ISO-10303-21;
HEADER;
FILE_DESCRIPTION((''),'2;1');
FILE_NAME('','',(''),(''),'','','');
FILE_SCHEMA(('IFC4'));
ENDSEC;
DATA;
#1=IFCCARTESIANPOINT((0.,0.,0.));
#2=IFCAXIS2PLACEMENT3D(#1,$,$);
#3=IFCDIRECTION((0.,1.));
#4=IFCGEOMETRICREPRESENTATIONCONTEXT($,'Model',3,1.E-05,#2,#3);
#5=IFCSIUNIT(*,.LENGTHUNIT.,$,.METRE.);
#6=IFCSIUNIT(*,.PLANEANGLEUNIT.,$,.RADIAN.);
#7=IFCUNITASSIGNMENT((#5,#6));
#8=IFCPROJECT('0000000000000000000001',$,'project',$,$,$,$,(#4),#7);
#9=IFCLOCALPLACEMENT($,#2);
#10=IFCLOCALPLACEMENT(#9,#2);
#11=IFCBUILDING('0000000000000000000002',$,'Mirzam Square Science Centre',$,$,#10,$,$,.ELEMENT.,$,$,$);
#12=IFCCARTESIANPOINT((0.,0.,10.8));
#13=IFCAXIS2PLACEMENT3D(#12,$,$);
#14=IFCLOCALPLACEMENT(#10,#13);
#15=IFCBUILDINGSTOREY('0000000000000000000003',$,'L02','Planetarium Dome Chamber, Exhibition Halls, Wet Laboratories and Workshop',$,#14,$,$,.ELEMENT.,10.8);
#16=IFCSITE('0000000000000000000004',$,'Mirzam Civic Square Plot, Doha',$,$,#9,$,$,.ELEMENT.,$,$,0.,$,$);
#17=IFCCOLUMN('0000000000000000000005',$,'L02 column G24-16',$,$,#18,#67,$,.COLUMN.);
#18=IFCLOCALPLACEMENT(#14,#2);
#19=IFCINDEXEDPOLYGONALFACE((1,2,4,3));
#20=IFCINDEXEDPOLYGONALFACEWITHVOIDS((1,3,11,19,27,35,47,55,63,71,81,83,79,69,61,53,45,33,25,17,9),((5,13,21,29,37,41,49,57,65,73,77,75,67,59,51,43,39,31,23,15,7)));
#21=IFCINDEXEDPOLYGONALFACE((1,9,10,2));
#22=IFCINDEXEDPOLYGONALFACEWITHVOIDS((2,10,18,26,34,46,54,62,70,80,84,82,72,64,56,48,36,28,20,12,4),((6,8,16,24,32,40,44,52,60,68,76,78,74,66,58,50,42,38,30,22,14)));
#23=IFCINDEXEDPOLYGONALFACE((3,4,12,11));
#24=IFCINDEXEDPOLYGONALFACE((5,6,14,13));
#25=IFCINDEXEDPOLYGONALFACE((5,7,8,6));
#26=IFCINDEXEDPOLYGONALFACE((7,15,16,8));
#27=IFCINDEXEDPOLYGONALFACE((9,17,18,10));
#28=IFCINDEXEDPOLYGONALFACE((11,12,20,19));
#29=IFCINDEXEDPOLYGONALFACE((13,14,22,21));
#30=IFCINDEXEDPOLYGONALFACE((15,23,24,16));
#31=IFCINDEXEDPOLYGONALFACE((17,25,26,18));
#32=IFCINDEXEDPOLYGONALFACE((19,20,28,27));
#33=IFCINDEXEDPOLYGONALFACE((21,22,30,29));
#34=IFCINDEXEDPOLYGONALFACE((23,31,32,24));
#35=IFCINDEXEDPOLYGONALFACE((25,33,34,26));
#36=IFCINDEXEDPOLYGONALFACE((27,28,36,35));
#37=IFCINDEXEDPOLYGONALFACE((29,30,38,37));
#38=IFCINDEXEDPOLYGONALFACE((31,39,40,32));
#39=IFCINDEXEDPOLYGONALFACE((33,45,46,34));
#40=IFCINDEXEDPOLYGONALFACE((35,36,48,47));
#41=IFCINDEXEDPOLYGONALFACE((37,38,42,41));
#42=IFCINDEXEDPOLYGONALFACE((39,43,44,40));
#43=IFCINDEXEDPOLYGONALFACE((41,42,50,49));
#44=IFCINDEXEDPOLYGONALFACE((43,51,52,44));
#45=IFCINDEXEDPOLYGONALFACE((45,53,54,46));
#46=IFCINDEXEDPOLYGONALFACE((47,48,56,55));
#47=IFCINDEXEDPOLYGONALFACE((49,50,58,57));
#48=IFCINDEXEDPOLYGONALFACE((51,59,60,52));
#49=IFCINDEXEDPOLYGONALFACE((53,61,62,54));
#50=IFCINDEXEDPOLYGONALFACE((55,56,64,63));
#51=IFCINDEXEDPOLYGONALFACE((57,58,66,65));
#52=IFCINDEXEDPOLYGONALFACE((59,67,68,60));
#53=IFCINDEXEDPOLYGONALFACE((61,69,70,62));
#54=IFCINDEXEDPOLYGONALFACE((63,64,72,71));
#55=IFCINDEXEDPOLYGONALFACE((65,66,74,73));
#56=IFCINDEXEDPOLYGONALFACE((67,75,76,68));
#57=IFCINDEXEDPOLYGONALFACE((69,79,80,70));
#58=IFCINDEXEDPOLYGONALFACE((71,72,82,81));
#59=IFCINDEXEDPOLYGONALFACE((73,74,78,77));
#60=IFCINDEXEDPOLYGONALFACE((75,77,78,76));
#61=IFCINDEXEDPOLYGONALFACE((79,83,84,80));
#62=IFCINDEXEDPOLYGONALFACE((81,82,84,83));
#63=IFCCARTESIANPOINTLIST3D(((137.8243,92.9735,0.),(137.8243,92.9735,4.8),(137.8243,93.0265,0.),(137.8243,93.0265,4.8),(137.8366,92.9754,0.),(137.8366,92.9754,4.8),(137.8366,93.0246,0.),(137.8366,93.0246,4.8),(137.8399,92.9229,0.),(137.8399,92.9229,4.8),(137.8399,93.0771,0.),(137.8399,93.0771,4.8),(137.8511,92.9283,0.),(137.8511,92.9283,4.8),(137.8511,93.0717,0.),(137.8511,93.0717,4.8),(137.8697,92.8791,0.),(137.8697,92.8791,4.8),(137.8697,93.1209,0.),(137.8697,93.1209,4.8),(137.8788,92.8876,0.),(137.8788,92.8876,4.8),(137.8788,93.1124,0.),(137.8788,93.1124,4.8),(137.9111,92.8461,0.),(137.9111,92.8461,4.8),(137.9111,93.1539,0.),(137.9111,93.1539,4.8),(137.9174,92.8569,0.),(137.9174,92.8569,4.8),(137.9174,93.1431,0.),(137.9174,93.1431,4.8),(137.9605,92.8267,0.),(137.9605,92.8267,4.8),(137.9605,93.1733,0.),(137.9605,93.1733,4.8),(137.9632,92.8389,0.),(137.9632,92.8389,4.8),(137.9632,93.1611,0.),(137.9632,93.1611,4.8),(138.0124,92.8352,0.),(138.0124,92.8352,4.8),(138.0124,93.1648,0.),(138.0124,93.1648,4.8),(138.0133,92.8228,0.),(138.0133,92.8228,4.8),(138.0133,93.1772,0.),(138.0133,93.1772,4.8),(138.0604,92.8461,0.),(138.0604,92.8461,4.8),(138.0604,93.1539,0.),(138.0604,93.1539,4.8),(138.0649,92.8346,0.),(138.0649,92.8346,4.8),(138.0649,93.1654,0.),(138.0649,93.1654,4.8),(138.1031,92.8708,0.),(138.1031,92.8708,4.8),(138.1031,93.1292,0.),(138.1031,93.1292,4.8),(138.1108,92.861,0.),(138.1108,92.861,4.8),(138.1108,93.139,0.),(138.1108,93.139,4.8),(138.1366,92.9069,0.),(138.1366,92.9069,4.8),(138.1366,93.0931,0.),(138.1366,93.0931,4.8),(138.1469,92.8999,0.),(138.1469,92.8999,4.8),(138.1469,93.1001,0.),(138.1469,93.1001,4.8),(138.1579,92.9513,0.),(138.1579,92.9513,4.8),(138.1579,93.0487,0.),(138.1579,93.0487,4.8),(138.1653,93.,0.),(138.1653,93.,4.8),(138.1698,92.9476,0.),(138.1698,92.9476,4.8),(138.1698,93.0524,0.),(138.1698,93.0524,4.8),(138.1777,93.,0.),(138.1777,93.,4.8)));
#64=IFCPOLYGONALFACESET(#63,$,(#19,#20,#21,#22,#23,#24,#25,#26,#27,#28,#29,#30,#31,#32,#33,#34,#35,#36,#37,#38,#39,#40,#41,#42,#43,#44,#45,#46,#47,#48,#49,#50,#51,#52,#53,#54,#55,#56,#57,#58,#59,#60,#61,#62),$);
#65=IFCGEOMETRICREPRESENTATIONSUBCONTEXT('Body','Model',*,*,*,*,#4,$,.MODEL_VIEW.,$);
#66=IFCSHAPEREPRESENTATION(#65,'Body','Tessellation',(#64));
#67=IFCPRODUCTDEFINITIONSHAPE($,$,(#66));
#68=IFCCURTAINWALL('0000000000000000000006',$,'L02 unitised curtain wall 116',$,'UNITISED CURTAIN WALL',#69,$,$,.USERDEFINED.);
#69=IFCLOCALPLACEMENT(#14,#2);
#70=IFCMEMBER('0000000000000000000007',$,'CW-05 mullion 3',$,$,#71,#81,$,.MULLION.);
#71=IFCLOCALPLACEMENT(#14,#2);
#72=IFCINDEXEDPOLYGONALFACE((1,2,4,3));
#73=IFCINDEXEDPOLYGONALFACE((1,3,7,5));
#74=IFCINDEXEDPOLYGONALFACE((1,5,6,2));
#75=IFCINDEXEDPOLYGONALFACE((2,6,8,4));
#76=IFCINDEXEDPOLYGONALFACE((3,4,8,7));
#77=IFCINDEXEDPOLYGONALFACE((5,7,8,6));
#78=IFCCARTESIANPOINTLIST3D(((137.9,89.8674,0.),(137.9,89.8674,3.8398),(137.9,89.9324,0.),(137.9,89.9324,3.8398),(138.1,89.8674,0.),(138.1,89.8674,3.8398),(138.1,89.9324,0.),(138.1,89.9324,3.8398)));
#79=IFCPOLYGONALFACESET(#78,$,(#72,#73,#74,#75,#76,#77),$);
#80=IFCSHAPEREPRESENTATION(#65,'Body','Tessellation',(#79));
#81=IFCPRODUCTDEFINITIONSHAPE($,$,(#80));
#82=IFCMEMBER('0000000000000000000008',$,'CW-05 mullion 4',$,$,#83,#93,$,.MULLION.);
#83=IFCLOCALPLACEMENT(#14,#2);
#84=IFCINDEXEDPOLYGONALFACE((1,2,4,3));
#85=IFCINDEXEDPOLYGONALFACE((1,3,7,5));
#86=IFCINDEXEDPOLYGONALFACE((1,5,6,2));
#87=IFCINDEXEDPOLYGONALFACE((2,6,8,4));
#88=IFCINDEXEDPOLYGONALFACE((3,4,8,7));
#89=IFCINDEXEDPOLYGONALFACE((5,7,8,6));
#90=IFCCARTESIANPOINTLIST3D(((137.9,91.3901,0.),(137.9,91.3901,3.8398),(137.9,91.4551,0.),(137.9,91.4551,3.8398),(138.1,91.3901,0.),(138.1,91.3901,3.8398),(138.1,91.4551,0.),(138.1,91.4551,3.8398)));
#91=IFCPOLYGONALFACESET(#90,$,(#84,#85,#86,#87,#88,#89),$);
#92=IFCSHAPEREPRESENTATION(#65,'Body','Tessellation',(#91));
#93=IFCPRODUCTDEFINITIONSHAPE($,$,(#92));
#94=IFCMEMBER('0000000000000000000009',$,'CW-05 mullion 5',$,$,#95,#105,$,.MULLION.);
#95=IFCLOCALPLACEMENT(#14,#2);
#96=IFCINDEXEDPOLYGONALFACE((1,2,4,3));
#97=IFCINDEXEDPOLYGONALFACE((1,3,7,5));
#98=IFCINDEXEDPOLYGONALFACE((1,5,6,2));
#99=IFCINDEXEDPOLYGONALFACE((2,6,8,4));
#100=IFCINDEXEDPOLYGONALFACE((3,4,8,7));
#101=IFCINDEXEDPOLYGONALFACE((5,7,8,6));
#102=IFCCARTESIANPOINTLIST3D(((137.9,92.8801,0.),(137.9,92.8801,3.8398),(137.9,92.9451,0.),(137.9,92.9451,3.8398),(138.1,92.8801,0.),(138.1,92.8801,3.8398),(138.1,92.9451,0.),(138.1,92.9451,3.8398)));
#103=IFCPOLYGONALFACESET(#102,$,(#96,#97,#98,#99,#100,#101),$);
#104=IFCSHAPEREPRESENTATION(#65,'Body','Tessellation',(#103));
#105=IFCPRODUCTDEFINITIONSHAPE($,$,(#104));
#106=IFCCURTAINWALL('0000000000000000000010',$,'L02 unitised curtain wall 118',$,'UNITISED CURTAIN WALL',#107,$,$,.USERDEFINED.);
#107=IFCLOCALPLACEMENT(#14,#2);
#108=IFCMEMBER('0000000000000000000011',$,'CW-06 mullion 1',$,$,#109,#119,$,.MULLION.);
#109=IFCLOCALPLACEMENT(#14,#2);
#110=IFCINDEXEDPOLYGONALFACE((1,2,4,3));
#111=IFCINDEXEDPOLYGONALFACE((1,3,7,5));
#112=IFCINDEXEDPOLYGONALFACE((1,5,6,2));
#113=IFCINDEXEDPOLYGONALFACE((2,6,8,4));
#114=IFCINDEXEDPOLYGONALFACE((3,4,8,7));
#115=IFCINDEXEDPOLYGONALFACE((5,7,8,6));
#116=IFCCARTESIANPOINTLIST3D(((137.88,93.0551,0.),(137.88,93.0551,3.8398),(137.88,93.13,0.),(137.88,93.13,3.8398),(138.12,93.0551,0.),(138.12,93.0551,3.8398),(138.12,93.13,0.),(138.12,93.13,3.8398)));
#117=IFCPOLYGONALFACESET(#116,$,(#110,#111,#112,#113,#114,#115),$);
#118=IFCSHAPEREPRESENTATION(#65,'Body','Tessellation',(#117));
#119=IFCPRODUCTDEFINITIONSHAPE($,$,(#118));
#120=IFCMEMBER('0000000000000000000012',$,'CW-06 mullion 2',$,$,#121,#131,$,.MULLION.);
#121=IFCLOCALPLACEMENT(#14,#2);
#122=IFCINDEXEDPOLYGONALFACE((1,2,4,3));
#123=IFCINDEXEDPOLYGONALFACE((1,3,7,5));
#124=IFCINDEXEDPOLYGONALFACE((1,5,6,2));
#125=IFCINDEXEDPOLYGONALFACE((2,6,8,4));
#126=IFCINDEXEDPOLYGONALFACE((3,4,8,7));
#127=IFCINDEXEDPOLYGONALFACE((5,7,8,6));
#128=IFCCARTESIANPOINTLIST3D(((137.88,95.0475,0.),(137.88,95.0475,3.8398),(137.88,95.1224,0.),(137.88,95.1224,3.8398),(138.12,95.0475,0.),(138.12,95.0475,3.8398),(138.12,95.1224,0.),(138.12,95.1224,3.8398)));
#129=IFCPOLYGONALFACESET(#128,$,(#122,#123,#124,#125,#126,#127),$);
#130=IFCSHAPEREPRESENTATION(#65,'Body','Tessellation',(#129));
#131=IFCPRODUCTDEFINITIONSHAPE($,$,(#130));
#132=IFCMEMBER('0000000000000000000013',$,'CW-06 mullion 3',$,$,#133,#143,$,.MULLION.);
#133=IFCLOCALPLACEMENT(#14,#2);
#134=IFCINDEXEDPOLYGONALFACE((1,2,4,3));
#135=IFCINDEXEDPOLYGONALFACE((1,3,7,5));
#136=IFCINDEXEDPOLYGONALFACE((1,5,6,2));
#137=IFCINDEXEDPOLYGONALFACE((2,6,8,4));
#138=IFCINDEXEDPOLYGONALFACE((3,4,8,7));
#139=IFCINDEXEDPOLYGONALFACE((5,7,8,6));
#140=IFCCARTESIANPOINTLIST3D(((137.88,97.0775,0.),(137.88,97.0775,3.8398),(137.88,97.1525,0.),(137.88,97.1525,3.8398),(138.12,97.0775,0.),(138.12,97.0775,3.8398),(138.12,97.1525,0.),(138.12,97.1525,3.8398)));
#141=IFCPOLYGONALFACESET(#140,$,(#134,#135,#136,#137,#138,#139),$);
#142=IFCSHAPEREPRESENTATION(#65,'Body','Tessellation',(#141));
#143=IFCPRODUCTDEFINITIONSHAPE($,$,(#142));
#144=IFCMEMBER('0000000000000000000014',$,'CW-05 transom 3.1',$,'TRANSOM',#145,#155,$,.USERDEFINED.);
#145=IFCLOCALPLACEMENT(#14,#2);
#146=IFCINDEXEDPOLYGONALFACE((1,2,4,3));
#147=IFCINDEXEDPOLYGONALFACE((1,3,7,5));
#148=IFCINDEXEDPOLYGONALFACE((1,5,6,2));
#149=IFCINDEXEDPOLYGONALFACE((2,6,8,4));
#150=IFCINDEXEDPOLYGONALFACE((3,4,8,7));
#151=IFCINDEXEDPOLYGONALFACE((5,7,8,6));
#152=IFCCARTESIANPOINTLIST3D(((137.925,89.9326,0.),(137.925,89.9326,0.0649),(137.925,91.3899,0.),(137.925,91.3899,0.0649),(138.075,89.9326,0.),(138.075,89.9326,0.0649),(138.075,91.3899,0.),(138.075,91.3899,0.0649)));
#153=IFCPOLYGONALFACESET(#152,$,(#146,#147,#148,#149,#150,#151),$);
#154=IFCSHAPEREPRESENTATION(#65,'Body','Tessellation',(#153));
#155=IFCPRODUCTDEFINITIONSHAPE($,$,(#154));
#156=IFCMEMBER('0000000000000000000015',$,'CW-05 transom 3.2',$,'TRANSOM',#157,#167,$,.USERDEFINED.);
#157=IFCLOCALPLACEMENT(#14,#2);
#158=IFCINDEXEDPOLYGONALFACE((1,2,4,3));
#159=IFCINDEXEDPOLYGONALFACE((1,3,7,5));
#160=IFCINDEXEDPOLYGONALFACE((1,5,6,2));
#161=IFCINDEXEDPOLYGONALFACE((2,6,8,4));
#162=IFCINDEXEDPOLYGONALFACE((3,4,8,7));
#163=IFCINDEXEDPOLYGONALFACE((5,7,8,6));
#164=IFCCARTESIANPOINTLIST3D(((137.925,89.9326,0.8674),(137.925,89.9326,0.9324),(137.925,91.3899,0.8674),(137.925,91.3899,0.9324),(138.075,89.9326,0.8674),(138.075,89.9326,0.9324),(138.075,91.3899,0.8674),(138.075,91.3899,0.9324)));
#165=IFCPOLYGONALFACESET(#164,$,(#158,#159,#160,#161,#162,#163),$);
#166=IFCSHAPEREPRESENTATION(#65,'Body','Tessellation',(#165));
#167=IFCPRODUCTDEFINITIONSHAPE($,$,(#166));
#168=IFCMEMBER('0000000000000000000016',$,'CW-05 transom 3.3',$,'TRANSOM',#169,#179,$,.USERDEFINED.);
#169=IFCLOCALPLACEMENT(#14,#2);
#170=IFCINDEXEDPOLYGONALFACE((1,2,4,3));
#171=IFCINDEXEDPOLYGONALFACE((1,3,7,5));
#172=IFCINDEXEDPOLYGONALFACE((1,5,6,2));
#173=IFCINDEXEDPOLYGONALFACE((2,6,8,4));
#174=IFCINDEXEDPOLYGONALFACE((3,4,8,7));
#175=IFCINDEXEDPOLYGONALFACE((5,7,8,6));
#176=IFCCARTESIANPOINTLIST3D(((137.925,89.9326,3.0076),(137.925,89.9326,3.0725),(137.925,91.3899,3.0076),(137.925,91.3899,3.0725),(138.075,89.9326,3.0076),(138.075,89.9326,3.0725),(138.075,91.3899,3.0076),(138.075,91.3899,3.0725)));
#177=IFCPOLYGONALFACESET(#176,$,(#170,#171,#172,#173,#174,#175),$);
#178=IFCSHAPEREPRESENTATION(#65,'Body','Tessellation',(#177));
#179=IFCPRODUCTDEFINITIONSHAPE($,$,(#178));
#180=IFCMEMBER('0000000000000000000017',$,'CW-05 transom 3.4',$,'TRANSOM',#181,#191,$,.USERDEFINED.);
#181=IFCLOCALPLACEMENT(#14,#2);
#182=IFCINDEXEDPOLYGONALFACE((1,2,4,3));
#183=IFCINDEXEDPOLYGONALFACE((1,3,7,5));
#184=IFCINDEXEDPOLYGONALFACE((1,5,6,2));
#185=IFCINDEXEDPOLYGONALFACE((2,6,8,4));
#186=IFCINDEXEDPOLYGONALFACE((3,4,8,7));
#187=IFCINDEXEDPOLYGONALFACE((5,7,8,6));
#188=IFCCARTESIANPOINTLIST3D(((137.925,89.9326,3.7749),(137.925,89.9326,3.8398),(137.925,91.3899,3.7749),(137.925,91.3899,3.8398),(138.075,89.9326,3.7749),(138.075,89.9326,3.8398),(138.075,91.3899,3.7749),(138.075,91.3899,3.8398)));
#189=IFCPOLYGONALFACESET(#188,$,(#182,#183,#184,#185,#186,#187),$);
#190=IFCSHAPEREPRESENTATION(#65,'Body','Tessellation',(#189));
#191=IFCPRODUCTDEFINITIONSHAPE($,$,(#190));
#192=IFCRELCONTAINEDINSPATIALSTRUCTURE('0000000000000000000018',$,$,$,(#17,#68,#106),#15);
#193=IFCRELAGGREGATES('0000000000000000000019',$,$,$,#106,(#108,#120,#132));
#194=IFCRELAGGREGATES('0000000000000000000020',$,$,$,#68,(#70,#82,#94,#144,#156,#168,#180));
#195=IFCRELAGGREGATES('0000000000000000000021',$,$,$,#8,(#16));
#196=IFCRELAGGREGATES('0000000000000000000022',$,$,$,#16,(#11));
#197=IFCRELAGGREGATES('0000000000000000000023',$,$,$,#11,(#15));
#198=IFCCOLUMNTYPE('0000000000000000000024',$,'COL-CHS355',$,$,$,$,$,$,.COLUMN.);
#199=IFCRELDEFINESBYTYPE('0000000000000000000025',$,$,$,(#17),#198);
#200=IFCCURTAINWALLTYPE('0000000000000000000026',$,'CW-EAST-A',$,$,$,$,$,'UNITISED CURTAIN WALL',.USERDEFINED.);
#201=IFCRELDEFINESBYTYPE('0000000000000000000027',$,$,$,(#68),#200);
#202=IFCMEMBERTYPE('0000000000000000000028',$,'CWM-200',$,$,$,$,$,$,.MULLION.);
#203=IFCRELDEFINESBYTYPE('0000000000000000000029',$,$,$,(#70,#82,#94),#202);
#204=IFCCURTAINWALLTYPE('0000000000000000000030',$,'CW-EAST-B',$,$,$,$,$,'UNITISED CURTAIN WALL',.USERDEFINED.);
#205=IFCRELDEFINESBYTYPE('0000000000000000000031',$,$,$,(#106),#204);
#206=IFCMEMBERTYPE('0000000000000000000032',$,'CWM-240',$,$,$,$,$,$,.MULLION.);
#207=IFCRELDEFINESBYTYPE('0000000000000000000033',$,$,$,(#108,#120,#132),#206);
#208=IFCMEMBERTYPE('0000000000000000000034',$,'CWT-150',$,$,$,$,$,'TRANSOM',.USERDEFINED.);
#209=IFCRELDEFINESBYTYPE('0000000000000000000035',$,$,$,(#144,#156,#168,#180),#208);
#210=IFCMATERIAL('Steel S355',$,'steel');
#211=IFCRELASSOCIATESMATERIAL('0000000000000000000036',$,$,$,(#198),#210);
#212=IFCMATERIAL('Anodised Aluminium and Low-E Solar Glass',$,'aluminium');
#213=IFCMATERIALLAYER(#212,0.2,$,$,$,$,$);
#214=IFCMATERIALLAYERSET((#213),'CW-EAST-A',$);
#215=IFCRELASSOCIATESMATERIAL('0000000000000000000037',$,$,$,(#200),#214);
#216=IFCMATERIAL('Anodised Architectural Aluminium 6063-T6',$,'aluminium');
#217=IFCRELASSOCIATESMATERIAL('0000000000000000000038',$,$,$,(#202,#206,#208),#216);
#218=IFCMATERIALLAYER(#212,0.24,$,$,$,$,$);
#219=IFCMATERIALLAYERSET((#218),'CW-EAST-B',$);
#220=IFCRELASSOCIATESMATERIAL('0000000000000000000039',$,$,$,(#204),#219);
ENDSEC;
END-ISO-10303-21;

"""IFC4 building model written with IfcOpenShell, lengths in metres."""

from ifc_helpers import new_model, si_unit, direction, frame, origin, origin_2d, place, context, subcontext, project, spatial, rectangle, hollow_circle, extrude, material, layer, layer_set, material_profile, profile_set, type_object, element, aggregate, save


model = new_model("IFC4")

# Units and contexts
model_context = context("Model", 3, precision=1e-05, world=origin(), true_north=direction((0.0, 1.0)))
body_context = subcontext(model_context, "Body", "Model", "MODEL_VIEW")
ifc_project = project(units=[si_unit("LENGTHUNIT", "METRE"), si_unit("PLANEANGLEUNIT", "RADIAN")], contexts=[model_context])

# Site, building, storey
site_placement = place(None, origin())
site = spatial("IfcSite", under=ifc_project, at=site_placement, Name="Mirzam Civic Square Plot, Doha", CompositionType="ELEMENT", RefElevation=0.0)
building_placement = place(site_placement, origin())
building = spatial("IfcBuilding", under=site, at=building_placement, Name="Mirzam Square Science Centre", CompositionType="ELEMENT")
storey_placement = place(building_placement, frame((0.0, 0.0, 10.8)))
storey = spatial("IfcBuildingStorey", under=building, at=storey_placement, Name="L02", Description="Planetarium Dome Chamber, Exhibition Halls, Wet Laboratories and Workshop", CompositionType="ELEMENT", Elevation=10.8)

# Column
ifc_material_1 = material(Name="Steel S355", Category="steel")
ifc_material_profile_1 = material_profile(ifc_material_1, hollow_circle(Radius=0.1777, WallThickness=0.0125, at=origin_2d()), Name="355.6x12.5CHS")
ifc_profile_set_1 = profile_set([ifc_material_profile_1], Name="Steel S355")
column_type = type_object("IfcColumnType", Name="COL-CHS355", PredefinedType="COLUMN", material=ifc_profile_set_1)
column_placement = place(storey_placement, frame((138.0, 93.0, 0.0), z_axis=(0.0, 0.0, 1.0), x_axis=(1.0, 0.0, 0.0)))
element("IfcColumn", 1, at=column_placement, inside=storey, type_object=column_type, Name="L02 column G24-16", PredefinedType="COLUMN", context=body_context, shape_type="SweptSolid", body=[
    extrude(hollow_circle(Radius=0.1777, WallThickness=0.0125, at=origin_2d()), origin(), (0.0, 0.0, 1.0), 4.8),
])

# Curtain walls, members
ifc_material_2 = material(Name="Anodised Aluminium and Low-E Solar Glass", Category="aluminium")
ifc_layer_1 = layer(ifc_material_2, 0.2)
ifc_layer_set_1 = layer_set([ifc_layer_1], Name="CW-EAST-A")
curtain_wall_type_1 = type_object("IfcCurtainWallType", Name="CW-EAST-A", ElementType="UNITISED CURTAIN WALL", PredefinedType="USERDEFINED", material=ifc_layer_set_1)
curtain_wall_1_placement = place(storey_placement, origin())
curtain_wall_1 = element("IfcCurtainWall", 2, at=curtain_wall_1_placement, inside=storey, type_object=curtain_wall_type_1, Name="L02 unitised curtain wall 116", ObjectType="UNITISED CURTAIN WALL", PredefinedType="USERDEFINED")
ifc_material_3 = material(Name="Anodised Architectural Aluminium 6063-T6", Category="aluminium")
ifc_material_profile_2 = material_profile(ifc_material_3, rectangle(XDim=0.0649, YDim=0.2, at=origin_2d()), Name="ALU-MULL-200x65x5")
ifc_profile_set_2 = profile_set([ifc_material_profile_2], Name="Anodised Architectural Aluminium 6063-T6")
member_type_1 = type_object("IfcMemberType", Name="CWM-200", PredefinedType="MULLION", material=ifc_profile_set_2)
member_1_placement = place(storey_placement, frame((138.0, 89.8999, 0.0), z_axis=(0.0, 0.0, 1.0), x_axis=(0.0, 1.0, 0.0)))
member_1 = element("IfcMember", 3, at=member_1_placement, type_object=member_type_1, Name="CW-05 mullion 3", PredefinedType="MULLION", context=body_context, shape_type="SweptSolid", body=[
    extrude(rectangle(XDim=0.0649, YDim=0.2, at=origin_2d()), origin(), (0.0, 0.0, 1.0), 3.8398),
])
member_2_placement = place(storey_placement, frame((138.0, 91.4226, 0.0), z_axis=(0.0, 0.0, 1.0), x_axis=(0.0, 1.0, 0.0)))
member_2 = element("IfcMember", 4, at=member_2_placement, type_object=member_type_1, Name="CW-05 mullion 4", PredefinedType="MULLION", context=body_context, shape_type="SweptSolid", body=[
    extrude(rectangle(XDim=0.0649, YDim=0.2, at=origin_2d()), origin(), (0.0, 0.0, 1.0), 3.8398),
])
member_3_placement = place(storey_placement, frame((138.0, 92.9126, 0.0), z_axis=(0.0, 0.0, 1.0), x_axis=(0.0, 1.0, 0.0)))
member_3 = element("IfcMember", 5, at=member_3_placement, type_object=member_type_1, Name="CW-05 mullion 5", PredefinedType="MULLION", context=body_context, shape_type="SweptSolid", body=[
    extrude(rectangle(XDim=0.0649, YDim=0.2, at=origin_2d()), origin(), (0.0, 0.0, 1.0), 3.8398),
])
ifc_layer_2 = layer(ifc_material_2, 0.24)
ifc_layer_set_2 = layer_set([ifc_layer_2], Name="CW-EAST-B")
curtain_wall_type_2 = type_object("IfcCurtainWallType", Name="CW-EAST-B", ElementType="UNITISED CURTAIN WALL", PredefinedType="USERDEFINED", material=ifc_layer_set_2)
curtain_wall_2_placement = place(storey_placement, origin())
curtain_wall_2 = element("IfcCurtainWall", 6, at=curtain_wall_2_placement, inside=storey, type_object=curtain_wall_type_2, Name="L02 unitised curtain wall 118", ObjectType="UNITISED CURTAIN WALL", PredefinedType="USERDEFINED")
ifc_material_profile_3 = material_profile(ifc_material_3, rectangle(XDim=0.075, YDim=0.24, at=origin_2d()), Name="ALU-MULL-240x75x5")
ifc_profile_set_3 = profile_set([ifc_material_profile_3], Name="Anodised Architectural Aluminium 6063-T6")
member_type_2 = type_object("IfcMemberType", Name="CWM-240", PredefinedType="MULLION", material=ifc_profile_set_3)
member_4_placement = place(storey_placement, frame((138.0, 93.0925, 0.0), z_axis=(0.0, 0.0, 1.0), x_axis=(0.0, 1.0, 0.0)))
member_4 = element("IfcMember", 7, at=member_4_placement, type_object=member_type_2, Name="CW-06 mullion 1", PredefinedType="MULLION", context=body_context, shape_type="SweptSolid", body=[
    extrude(rectangle(XDim=0.075, YDim=0.24, at=origin_2d()), origin(), (0.0, 0.0, 1.0), 3.8398),
])
member_5_placement = place(storey_placement, frame((138.0, 95.085, 0.0), z_axis=(0.0, 0.0, 1.0), x_axis=(0.0, 1.0, 0.0)))
member_5 = element("IfcMember", 8, at=member_5_placement, type_object=member_type_2, Name="CW-06 mullion 2", PredefinedType="MULLION", context=body_context, shape_type="SweptSolid", body=[
    extrude(rectangle(XDim=0.075, YDim=0.24, at=origin_2d()), origin(), (0.0, 0.0, 1.0), 3.8398),
])
member_6_placement = place(storey_placement, frame((138.0, 97.115, 0.0), z_axis=(0.0, 0.0, 1.0), x_axis=(0.0, 1.0, 0.0)))
member_6 = element("IfcMember", 9, at=member_6_placement, type_object=member_type_2, Name="CW-06 mullion 3", PredefinedType="MULLION", context=body_context, shape_type="SweptSolid", body=[
    extrude(rectangle(XDim=0.075, YDim=0.24, at=origin_2d()), origin(), (0.0, 0.0, 1.0), 3.8398),
])

# Members
ifc_material_profile_4 = material_profile(ifc_material_3, rectangle(XDim=0.1499, YDim=0.0649, at=origin_2d()), Name="ALU-TRAN-150x65x4")
ifc_profile_set_4 = profile_set([ifc_material_profile_4], Name="Anodised Architectural Aluminium 6063-T6")
member_type_3 = type_object("IfcMemberType", Name="CWT-150", ElementType="TRANSOM", PredefinedType="USERDEFINED", material=ifc_profile_set_4)
member_7_placement = place(storey_placement, frame((138.0, 89.9326, 0.0325), z_axis=(0.0, 1.0, 0.0), x_axis=(-1.0, 0.0, 0.0)))
member_7 = element("IfcMember", 10, at=member_7_placement, type_object=member_type_3, Name="CW-05 transom 3.1", ObjectType="TRANSOM", PredefinedType="USERDEFINED", context=body_context, shape_type="SweptSolid", body=[
    extrude(rectangle(XDim=0.1499, YDim=0.0649, at=origin_2d()), origin(), (0.0, 0.0, 1.0), 1.4573),
])
member_8_placement = place(storey_placement, frame((138.0, 89.9326, 0.8999), z_axis=(0.0, 1.0, 0.0), x_axis=(-1.0, 0.0, 0.0)))
member_8 = element("IfcMember", 11, at=member_8_placement, type_object=member_type_3, Name="CW-05 transom 3.2", ObjectType="TRANSOM", PredefinedType="USERDEFINED", context=body_context, shape_type="SweptSolid", body=[
    extrude(rectangle(XDim=0.1499, YDim=0.0649, at=origin_2d()), origin(), (0.0, 0.0, 1.0), 1.4573),
])
member_9_placement = place(storey_placement, frame((138.0, 89.9326, 3.04), z_axis=(0.0, 1.0, 0.0), x_axis=(-1.0, 0.0, 0.0)))
member_9 = element("IfcMember", 12, at=member_9_placement, type_object=member_type_3, Name="CW-05 transom 3.3", ObjectType="TRANSOM", PredefinedType="USERDEFINED", context=body_context, shape_type="SweptSolid", body=[
    extrude(rectangle(XDim=0.1499, YDim=0.0649, at=origin_2d()), origin(), (0.0, 0.0, 1.0), 1.4573),
])
member_10_placement = place(storey_placement, frame((138.0, 89.9326, 3.8074), z_axis=(0.0, 1.0, 0.0), x_axis=(-1.0, 0.0, 0.0)))
member_10 = element("IfcMember", 13, at=member_10_placement, type_object=member_type_3, Name="CW-05 transom 3.4", ObjectType="TRANSOM", PredefinedType="USERDEFINED", context=body_context, shape_type="SweptSolid", body=[
    extrude(rectangle(XDim=0.1499, YDim=0.0649, at=origin_2d()), origin(), (0.0, 0.0, 1.0), 1.4573),
])

aggregate(curtain_wall_2, [member_4, member_5, member_6])
aggregate(curtain_wall_1, [member_1, member_2, member_3, member_7, member_8, member_9, member_10])

save(model, "model.ifc")
